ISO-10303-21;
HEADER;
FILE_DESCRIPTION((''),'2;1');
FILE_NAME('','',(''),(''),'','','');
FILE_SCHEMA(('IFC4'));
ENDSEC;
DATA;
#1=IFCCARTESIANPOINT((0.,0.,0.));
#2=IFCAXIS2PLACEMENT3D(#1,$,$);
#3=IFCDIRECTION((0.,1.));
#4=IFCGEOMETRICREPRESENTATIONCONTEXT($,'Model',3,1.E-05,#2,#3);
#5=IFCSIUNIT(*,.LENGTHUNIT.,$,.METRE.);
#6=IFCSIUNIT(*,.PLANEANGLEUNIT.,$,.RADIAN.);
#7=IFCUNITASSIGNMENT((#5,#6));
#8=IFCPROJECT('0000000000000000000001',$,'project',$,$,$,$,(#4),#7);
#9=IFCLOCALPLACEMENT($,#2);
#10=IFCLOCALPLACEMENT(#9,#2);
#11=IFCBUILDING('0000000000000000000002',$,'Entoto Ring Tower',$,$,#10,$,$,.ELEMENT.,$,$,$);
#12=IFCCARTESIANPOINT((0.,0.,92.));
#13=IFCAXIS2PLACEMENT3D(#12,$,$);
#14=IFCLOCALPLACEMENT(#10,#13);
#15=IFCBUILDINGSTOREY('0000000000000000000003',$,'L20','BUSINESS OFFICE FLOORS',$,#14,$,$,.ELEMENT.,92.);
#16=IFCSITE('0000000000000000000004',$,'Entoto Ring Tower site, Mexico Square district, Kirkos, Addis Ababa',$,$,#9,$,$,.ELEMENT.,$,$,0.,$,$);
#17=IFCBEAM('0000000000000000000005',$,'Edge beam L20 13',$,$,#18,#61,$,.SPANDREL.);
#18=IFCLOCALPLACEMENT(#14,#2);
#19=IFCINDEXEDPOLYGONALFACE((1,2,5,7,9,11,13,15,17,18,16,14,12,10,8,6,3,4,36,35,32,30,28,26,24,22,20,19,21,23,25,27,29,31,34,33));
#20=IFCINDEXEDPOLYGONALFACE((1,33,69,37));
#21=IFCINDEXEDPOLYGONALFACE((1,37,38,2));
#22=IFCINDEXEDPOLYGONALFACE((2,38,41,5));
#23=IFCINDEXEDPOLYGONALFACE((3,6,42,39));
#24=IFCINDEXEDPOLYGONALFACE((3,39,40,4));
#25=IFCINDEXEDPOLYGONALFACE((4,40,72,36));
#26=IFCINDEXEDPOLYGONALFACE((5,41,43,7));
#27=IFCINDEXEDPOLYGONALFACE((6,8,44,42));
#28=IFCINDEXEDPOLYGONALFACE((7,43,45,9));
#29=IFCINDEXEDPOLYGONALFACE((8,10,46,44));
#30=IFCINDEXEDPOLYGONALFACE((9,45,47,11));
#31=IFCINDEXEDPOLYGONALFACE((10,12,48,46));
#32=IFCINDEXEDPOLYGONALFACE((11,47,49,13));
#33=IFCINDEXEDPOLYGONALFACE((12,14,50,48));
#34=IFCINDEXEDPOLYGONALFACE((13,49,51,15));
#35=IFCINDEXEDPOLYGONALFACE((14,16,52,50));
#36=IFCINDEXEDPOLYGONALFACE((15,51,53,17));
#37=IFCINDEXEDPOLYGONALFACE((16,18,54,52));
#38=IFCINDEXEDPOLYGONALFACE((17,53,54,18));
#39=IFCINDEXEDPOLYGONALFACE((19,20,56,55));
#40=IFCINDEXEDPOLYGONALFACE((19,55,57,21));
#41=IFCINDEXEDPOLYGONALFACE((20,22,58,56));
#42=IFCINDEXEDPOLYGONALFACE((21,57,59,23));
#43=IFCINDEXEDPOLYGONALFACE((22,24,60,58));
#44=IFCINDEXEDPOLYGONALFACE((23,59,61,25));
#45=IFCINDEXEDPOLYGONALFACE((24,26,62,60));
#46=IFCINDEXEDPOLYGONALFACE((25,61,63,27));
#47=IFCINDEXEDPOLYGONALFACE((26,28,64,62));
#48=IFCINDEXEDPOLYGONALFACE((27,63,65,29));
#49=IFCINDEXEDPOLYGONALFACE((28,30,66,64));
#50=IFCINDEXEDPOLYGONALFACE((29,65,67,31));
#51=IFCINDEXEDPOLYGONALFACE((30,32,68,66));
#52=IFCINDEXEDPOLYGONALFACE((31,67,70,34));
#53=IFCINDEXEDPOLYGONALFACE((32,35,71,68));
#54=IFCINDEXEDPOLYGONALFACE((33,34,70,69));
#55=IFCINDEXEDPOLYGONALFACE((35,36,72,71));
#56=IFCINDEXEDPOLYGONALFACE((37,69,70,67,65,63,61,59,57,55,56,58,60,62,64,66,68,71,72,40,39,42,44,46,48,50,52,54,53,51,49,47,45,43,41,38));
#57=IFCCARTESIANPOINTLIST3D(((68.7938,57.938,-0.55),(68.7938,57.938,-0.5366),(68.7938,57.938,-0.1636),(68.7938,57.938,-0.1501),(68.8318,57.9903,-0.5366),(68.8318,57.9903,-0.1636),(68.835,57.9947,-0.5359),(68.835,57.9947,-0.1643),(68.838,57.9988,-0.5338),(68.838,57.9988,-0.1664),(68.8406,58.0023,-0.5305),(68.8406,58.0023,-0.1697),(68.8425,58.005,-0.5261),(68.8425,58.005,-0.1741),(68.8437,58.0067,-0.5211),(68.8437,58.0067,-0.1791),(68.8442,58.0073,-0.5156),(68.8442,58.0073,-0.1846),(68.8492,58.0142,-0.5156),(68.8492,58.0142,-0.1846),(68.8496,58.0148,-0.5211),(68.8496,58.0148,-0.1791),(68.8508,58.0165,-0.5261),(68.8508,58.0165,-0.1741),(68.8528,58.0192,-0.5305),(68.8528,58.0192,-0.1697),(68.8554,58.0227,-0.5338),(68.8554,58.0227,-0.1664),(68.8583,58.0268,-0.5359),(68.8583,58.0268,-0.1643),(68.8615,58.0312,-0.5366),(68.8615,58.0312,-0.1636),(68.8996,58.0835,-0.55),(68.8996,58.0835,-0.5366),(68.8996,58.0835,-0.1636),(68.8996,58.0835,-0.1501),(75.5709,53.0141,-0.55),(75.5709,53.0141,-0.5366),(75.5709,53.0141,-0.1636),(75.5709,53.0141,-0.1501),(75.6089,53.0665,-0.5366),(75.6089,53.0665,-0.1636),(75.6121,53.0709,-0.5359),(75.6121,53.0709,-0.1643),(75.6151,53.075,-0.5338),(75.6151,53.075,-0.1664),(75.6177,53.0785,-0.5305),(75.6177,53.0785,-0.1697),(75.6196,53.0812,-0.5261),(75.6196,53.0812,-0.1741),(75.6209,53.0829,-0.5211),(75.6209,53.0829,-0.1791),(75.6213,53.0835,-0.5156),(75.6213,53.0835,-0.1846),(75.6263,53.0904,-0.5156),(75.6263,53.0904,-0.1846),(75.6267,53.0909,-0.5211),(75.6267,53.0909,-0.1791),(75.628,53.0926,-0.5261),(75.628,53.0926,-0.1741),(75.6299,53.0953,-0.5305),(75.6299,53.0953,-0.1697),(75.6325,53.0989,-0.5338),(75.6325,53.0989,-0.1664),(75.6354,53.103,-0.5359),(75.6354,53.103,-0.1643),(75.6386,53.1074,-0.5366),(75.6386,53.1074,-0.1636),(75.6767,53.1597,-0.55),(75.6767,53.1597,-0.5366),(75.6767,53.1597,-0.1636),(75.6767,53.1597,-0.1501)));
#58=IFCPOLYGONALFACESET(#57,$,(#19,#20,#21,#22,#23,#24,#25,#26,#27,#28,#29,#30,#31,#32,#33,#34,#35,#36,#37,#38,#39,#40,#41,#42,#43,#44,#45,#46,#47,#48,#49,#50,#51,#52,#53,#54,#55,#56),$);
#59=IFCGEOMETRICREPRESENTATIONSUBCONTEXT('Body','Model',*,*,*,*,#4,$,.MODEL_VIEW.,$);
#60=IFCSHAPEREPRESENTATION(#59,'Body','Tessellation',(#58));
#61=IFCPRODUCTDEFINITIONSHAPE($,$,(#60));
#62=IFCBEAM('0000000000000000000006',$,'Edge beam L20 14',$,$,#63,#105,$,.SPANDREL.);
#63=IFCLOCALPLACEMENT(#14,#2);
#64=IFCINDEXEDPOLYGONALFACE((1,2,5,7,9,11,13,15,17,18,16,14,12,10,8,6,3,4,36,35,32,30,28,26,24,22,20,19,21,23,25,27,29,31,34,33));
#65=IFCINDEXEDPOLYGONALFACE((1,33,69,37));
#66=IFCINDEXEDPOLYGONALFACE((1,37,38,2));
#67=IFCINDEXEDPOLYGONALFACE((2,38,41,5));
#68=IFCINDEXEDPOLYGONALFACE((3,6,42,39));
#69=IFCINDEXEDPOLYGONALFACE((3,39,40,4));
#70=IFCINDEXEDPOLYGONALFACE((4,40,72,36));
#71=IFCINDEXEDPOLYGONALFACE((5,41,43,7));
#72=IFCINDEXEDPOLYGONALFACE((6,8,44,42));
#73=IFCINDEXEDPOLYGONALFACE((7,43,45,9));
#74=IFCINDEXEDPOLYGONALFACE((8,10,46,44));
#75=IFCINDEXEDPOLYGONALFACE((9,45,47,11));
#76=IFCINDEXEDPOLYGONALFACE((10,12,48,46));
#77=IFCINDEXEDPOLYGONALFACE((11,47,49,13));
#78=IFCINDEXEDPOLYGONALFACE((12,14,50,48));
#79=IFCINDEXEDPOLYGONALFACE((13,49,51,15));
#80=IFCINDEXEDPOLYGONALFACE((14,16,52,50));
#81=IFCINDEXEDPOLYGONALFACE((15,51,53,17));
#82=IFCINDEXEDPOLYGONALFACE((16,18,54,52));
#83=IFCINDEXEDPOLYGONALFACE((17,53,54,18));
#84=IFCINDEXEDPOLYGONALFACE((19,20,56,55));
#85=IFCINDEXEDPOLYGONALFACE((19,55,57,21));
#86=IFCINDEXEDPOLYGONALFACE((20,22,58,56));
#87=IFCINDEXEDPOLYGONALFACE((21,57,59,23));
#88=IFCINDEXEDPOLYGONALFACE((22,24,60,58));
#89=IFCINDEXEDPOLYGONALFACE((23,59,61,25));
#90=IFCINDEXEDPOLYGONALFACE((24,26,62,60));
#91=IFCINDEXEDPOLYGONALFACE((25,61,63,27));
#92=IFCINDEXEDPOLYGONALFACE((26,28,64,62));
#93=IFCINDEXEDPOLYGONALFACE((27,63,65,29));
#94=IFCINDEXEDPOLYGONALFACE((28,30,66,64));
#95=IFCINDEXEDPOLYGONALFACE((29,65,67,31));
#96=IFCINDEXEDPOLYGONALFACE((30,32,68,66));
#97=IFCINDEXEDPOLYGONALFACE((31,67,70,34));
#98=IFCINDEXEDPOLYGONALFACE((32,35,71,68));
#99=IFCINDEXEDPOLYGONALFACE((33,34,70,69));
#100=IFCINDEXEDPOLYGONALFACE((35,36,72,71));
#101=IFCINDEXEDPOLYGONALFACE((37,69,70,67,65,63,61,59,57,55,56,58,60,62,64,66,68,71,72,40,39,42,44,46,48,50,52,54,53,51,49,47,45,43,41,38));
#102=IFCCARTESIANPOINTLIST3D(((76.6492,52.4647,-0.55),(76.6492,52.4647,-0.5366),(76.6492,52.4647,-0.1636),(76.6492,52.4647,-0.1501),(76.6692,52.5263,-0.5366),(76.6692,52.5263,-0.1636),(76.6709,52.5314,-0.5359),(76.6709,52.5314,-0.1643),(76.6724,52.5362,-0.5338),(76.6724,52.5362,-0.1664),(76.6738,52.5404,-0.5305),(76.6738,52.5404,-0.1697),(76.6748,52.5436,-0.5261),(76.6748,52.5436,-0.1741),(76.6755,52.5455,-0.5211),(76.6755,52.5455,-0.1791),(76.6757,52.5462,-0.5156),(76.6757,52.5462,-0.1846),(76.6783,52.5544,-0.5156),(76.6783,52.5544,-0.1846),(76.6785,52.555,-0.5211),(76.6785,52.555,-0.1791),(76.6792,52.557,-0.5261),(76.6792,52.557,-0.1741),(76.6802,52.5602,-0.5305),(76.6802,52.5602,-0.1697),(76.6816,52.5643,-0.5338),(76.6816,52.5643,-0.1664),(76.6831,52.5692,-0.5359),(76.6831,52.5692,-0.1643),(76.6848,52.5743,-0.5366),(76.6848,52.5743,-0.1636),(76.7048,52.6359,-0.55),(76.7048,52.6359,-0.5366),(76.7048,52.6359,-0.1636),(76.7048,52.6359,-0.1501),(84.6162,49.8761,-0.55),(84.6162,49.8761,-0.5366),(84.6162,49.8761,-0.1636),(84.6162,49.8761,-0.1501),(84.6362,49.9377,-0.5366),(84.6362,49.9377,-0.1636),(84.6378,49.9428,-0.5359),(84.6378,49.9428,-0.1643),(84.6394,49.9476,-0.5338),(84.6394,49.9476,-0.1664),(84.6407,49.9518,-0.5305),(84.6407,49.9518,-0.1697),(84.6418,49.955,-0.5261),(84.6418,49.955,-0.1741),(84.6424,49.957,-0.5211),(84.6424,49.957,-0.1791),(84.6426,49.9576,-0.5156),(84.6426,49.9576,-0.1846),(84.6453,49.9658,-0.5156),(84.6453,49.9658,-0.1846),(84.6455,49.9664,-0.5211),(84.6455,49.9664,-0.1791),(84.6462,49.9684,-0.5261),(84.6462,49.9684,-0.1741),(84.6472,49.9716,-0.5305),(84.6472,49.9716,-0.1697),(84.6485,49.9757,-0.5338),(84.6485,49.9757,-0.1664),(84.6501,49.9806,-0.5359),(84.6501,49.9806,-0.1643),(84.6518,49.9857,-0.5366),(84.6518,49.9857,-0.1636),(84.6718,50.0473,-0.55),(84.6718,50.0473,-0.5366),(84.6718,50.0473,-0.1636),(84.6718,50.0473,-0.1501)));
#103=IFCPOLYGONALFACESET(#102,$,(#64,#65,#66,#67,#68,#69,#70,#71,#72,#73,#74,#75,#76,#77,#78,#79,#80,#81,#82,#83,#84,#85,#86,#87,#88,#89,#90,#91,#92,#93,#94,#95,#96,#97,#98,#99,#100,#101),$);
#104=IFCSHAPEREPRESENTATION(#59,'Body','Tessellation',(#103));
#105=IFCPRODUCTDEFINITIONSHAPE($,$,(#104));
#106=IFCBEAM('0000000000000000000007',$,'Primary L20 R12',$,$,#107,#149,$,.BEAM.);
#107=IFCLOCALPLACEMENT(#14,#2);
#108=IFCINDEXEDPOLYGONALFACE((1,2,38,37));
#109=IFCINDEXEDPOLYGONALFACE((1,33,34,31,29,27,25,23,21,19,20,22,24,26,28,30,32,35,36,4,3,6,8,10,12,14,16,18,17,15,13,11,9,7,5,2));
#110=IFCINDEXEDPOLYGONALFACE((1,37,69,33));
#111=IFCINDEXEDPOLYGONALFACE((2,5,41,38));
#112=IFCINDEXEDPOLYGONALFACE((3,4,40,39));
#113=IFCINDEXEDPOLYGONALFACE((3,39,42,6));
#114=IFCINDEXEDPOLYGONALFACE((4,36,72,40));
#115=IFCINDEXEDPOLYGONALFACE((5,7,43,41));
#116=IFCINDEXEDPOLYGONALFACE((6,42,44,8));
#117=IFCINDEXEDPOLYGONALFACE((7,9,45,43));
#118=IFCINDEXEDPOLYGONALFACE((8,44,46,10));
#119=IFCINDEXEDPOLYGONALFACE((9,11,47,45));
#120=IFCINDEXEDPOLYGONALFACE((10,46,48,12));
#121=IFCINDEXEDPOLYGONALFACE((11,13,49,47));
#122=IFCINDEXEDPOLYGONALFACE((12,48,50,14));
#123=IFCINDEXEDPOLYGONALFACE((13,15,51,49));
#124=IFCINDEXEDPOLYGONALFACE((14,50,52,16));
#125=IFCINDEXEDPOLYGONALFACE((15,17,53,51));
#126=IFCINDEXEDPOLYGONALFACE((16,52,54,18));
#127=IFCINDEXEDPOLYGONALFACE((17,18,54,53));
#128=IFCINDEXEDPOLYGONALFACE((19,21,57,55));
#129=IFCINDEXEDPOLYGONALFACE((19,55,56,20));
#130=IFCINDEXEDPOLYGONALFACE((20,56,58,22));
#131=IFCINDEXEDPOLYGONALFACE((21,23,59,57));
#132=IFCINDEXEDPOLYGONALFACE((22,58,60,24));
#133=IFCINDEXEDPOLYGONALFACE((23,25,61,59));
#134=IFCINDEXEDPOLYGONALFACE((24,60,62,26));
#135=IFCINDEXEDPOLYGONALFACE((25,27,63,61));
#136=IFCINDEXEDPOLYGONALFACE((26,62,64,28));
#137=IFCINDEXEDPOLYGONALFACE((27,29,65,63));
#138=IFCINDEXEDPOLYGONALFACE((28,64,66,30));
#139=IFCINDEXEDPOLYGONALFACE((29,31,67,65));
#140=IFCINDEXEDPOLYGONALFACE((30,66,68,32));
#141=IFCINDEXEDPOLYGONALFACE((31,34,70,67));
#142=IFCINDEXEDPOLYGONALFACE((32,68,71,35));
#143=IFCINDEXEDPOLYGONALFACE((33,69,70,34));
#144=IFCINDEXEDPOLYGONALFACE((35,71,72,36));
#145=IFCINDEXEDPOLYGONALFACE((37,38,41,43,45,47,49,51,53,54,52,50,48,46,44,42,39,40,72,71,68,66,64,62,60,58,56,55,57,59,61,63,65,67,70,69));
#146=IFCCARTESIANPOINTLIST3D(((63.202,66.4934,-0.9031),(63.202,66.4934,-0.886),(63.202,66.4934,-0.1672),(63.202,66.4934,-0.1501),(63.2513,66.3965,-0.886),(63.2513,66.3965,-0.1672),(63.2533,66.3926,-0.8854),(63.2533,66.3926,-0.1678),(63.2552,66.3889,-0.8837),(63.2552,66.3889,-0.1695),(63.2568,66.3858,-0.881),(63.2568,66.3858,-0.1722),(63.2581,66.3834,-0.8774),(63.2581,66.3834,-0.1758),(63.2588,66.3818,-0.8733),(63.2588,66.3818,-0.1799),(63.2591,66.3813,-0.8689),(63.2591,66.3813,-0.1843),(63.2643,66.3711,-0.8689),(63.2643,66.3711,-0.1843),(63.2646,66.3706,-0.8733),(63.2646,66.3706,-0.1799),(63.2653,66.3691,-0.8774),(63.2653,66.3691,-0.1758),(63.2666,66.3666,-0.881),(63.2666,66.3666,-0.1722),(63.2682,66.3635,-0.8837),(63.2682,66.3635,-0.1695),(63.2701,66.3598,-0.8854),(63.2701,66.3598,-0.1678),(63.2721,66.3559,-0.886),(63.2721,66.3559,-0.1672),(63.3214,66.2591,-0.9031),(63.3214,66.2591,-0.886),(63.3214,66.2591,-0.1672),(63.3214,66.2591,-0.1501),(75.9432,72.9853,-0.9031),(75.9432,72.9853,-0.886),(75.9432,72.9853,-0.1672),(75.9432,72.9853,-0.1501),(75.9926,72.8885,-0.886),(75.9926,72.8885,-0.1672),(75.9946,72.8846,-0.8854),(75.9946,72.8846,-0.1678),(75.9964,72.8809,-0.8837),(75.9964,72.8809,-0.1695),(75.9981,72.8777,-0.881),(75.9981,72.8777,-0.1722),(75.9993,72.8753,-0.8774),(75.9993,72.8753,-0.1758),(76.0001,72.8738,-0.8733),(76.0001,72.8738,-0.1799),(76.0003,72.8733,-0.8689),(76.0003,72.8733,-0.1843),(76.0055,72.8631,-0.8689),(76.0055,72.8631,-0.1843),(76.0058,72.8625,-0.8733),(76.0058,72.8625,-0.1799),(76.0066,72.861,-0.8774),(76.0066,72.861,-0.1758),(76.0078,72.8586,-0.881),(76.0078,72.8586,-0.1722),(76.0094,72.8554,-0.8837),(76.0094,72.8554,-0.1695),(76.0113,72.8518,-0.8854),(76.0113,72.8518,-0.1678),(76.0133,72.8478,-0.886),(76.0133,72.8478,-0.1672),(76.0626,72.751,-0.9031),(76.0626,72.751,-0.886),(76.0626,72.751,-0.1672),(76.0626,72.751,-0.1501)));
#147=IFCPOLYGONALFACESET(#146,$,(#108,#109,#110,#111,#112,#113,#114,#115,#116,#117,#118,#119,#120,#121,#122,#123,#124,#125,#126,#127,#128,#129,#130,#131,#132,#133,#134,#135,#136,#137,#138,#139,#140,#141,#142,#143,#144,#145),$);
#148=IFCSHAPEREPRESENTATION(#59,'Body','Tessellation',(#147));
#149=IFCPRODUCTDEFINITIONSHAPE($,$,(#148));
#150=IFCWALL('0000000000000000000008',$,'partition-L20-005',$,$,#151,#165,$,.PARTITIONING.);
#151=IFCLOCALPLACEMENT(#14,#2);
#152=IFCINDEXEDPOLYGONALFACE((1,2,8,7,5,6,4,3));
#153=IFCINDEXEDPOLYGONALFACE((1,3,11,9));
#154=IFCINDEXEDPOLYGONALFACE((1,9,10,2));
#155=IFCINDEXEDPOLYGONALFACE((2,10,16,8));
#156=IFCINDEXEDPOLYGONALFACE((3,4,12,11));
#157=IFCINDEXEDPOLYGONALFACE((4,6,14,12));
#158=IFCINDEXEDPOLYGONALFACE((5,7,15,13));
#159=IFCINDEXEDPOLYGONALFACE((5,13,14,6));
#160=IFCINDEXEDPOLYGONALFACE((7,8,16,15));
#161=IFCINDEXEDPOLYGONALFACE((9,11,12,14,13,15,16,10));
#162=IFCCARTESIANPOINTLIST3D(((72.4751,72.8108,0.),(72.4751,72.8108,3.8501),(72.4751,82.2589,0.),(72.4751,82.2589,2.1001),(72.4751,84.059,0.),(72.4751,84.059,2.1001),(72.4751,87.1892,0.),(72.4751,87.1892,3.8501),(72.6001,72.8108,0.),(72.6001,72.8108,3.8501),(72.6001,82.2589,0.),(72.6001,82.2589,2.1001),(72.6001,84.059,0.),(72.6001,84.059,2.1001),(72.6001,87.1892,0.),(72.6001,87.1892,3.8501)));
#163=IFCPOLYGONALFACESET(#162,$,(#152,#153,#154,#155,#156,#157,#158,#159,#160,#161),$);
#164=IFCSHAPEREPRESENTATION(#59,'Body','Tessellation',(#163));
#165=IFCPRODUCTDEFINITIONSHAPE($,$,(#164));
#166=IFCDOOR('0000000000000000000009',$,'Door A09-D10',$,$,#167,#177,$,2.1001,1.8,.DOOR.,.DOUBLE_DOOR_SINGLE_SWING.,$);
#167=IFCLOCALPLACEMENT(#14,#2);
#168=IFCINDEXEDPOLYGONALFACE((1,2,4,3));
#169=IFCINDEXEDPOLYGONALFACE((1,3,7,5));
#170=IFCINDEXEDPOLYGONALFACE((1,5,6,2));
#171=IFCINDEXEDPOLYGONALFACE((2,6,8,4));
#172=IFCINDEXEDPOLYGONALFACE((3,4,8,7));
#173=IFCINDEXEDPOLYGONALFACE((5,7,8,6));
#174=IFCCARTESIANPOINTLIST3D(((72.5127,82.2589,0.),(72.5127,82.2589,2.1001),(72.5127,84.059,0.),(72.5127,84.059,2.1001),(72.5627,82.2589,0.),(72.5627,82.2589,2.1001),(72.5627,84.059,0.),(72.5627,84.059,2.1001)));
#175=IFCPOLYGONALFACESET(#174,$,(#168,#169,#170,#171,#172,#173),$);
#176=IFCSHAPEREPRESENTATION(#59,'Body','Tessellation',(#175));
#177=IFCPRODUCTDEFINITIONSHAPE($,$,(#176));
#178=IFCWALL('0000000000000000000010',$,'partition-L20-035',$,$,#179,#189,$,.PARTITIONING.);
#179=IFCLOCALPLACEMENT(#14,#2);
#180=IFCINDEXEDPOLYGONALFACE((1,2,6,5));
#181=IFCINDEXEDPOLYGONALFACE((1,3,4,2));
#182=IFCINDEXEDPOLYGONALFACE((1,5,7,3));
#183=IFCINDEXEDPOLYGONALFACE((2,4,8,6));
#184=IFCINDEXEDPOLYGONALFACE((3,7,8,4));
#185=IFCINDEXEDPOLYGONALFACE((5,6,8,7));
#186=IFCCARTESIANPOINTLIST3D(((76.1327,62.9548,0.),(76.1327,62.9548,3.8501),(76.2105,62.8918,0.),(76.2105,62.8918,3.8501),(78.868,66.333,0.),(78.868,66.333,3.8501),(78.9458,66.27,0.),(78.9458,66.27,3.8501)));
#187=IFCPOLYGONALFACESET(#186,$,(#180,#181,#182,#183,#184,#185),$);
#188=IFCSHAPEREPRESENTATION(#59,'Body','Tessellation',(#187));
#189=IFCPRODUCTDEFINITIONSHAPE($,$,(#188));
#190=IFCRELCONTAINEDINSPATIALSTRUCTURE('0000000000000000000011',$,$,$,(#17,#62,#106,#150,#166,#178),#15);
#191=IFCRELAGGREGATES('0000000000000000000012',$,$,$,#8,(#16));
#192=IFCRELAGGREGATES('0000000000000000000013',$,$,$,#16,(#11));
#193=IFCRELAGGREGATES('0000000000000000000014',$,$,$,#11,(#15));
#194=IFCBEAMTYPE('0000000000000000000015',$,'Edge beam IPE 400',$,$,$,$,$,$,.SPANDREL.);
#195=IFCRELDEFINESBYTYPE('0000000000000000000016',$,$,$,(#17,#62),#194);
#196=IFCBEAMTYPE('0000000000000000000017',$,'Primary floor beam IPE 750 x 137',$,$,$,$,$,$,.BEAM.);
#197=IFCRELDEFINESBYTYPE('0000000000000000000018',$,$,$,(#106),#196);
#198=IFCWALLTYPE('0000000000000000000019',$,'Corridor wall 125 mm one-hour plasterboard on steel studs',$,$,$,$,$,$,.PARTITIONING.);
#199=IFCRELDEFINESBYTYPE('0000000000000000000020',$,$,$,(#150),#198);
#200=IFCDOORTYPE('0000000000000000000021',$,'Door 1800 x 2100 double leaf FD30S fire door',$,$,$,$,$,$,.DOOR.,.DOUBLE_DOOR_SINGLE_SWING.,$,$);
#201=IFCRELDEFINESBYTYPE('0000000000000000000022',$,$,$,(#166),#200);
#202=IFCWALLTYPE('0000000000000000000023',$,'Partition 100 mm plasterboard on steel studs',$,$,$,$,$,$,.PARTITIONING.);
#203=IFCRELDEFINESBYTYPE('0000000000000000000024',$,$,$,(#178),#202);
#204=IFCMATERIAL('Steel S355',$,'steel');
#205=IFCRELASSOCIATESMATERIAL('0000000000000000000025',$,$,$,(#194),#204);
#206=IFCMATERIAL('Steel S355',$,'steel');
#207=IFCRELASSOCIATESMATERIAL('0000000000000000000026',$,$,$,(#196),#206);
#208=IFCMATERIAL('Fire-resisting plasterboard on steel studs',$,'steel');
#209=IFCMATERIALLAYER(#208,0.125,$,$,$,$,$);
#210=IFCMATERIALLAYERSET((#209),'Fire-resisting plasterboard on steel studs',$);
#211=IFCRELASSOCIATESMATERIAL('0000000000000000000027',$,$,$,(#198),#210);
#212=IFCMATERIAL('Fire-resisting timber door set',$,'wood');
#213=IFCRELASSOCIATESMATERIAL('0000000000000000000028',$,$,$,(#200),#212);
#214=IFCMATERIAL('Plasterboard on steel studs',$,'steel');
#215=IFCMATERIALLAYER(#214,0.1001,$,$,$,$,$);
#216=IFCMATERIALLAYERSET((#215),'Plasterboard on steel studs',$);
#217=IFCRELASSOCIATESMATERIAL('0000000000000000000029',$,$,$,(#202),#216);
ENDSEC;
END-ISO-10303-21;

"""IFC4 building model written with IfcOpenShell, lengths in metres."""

from ifc_helpers import new_model, si_unit, direction, frame, frame_2d, origin, origin_2d, place, context, subcontext, project, spatial, rectangle, i_section, extrude, material, layer, layer_set, material_profile, profile_set, type_object, element, fill, save


model = new_model("IFC4")

# Units and contexts
model_context = context("Model", 3, precision=1e-05, world=origin(), true_north=direction((0.0, 1.0)))
body_context = subcontext(model_context, "Body", "Model", "MODEL_VIEW")
ifc_project = project(units=[si_unit("LENGTHUNIT", "METRE"), si_unit("PLANEANGLEUNIT", "RADIAN")], contexts=[model_context])

# Site, building, storey
site_placement = place(None, origin())
site = spatial("IfcSite", under=ifc_project, at=site_placement, Name="Entoto Ring Tower site, Mexico Square district, Kirkos, Addis Ababa", CompositionType="ELEMENT", RefElevation=0.0)
building_placement = place(site_placement, origin())
building = spatial("IfcBuilding", under=site, at=building_placement, Name="Entoto Ring Tower", CompositionType="ELEMENT")
storey_placement = place(building_placement, frame((0.0, 0.0, 92.0)))
storey = spatial("IfcBuildingStorey", under=building, at=storey_placement, Name="L20", Description="BUSINESS OFFICE FLOORS", CompositionType="ELEMENT", Elevation=92.0)

# Beams
ifc_material_1 = material(Name="Steel S355", Category="steel")
ifc_material_profile_1 = material_profile(ifc_material_1, i_section(OverallWidth=0.1799, OverallDepth=0.3999, WebThickness=0.0085, FlangeThickness=0.0134, FilletRadius=0.021, at=origin_2d()), Name="IPE 400")
ifc_profile_set_1 = profile_set([ifc_material_profile_1], Name="Steel S355")
beam_type_1 = type_object("IfcBeamType", Name="Edge beam IPE 400", PredefinedType="SPANDREL", material=ifc_profile_set_1)
for number, where, z_axis, x_axis, name in (
    (1, (68.8467, 58.0107, -0.3501), (0.809018, -0.587783, 0.0), (0.587783, 0.809018, 0.0), "Edge beam L20 13"),
    (2, (76.677, 52.5503, -0.3501), (0.951057, -0.309014, 0.0), (0.309014, 0.951057, 0.0), "Edge beam L20 14"),
):
    element("IfcBeam", number, at=place(storey_placement, frame(where, z_axis=z_axis, x_axis=x_axis)), inside=storey, type_object=beam_type_1, Name=name, PredefinedType="SPANDREL", context=body_context, shape_type="SweptSolid", body=[
        extrude(i_section(OverallWidth=0.1799, OverallDepth=0.3999, WebThickness=0.0085, FlangeThickness=0.0134, FilletRadius=0.021, at=origin_2d()), origin(), (0.0, 0.0, 1.0), 8.377),
    ])
ifc_material_2 = material(Name="Steel S355", Category="steel")
ifc_material_profile_2 = material_profile(ifc_material_2, i_section(OverallWidth=0.2629, OverallDepth=0.7529, WebThickness=0.0115, FlangeThickness=0.0171, FilletRadius=0.0171, at=origin_2d()), Name="IPE 750 x 137")
ifc_profile_set_2 = profile_set([ifc_material_profile_2], Name="Steel S355")
beam_type_2 = type_object("IfcBeamType", Name="Primary floor beam IPE 750 x 137", PredefinedType="BEAM", material=ifc_profile_set_2)
beam_placement = place(storey_placement, frame((76.0029, 72.8682, -0.5266), z_axis=(-0.891007, -0.453989, 0.0), x_axis=(0.453989, -0.891007, 0.0)))
element("IfcBeam", 3, at=beam_placement, inside=storey, type_object=beam_type_2, Name="Primary L20 R12", PredefinedType="BEAM", context=body_context, shape_type="SweptSolid", body=[
    extrude(i_section(OverallWidth=0.2629, OverallDepth=0.7529, WebThickness=0.0115, FlangeThickness=0.0171, FilletRadius=0.0171, at=origin_2d()), origin(), (0.0, 0.0, 1.0), 14.2998),
])

# Wall, opening, door
ifc_material_3 = material(Name="Fire-resisting plasterboard on steel studs", Category="steel")
ifc_layer_1 = layer(ifc_material_3, 0.125)
ifc_layer_set_1 = layer_set([ifc_layer_1], Name="Fire-resisting plasterboard on steel studs")
wall_type_1 = type_object("IfcWallType", Name="Corridor wall 125 mm one-hour plasterboard on steel studs", PredefinedType="PARTITIONING", material=ifc_layer_set_1)
wall_1_placement = place(storey_placement, frame((72.5376, 72.8108, 0.0), z_axis=(0.0, 0.0, 1.0), x_axis=(0.0, 1.0, 0.0)))
wall_1 = element("IfcWall", 4, at=wall_1_placement, inside=storey, type_object=wall_type_1, Name="partition-L20-005", PredefinedType="PARTITIONING", context=body_context, shape_type="SweptSolid", body=[
    extrude(rectangle(XDim=14.3784, YDim=0.125, at=frame_2d((7.1892, 0.0))), origin(), (0.0, 0.0, 1.0), 3.8501),
])
opening_placement = place(wall_1_placement, frame((9.4482, 0.0, 0.0)))
opening = element("IfcOpeningElement", 5, at=opening_placement, cuts=wall_1, PredefinedType="OPENING", context=body_context, shape_type="SweptSolid", body=[
    extrude(rectangle(XDim=1.8, YDim=2.1001, at=frame_2d((0.8999, 1.05))), frame((0.0, 0.0725, 0.0), z_axis=(0.0, -1.0, 0.0), x_axis=(1.0, 0.0, 0.0)), (0.0, 0.0, 1.0), 0.145),
])
ifc_material_4 = material(Name="Fire-resisting timber door set", Category="wood")
door_type = type_object("IfcDoorType", Name="Door 1800 x 2100 double leaf FD30S fire door", OperationType="DOUBLE_DOOR_SINGLE_SWING", PredefinedType="DOOR", material=ifc_material_4)
door_placement = place(opening_placement, origin())
door = element("IfcDoor", 6, at=door_placement, inside=storey, type_object=door_type, Name="Door A09-D10", OperationType="DOUBLE_DOOR_SINGLE_SWING", OverallHeight=2.1001, OverallWidth=1.8, PredefinedType="DOOR", context=body_context, shape_type="SweptSolid", body=[
    extrude(rectangle(XDim=1.8, YDim=2.1001, at=frame_2d((0.8999, 1.05))), frame((0.0, 0.0249, 0.0), z_axis=(0.0, -1.0, 0.0), x_axis=(1.0, 0.0, 0.0)), (0.0, 0.0, 1.0), 0.05),
])
fill(opening, door)

# Wall
ifc_material_5 = material(Name="Plasterboard on steel studs", Category="steel")
ifc_layer_2 = layer(ifc_material_5, 0.1001)
ifc_layer_set_2 = layer_set([ifc_layer_2], Name="Plasterboard on steel studs")
wall_type_2 = type_object("IfcWallType", Name="Partition 100 mm plasterboard on steel studs", PredefinedType="PARTITIONING", material=ifc_layer_set_2)
wall_2_placement = place(storey_placement, frame((76.1716, 62.9233, 0.0), z_axis=(0.0, 0.0, 1.0), x_axis=(0.629287, 0.777173, 0.0)))
element("IfcWall", 7, at=wall_2_placement, inside=storey, type_object=wall_type_2, Name="partition-L20-035", PredefinedType="PARTITIONING", context=body_context, shape_type="SweptSolid", body=[
    extrude(rectangle(XDim=4.3467, YDim=0.1001, at=frame_2d((2.1733, 0.0))), origin(), (0.0, 0.0, 1.0), 3.8501),
])

save(model, "model.ifc")
